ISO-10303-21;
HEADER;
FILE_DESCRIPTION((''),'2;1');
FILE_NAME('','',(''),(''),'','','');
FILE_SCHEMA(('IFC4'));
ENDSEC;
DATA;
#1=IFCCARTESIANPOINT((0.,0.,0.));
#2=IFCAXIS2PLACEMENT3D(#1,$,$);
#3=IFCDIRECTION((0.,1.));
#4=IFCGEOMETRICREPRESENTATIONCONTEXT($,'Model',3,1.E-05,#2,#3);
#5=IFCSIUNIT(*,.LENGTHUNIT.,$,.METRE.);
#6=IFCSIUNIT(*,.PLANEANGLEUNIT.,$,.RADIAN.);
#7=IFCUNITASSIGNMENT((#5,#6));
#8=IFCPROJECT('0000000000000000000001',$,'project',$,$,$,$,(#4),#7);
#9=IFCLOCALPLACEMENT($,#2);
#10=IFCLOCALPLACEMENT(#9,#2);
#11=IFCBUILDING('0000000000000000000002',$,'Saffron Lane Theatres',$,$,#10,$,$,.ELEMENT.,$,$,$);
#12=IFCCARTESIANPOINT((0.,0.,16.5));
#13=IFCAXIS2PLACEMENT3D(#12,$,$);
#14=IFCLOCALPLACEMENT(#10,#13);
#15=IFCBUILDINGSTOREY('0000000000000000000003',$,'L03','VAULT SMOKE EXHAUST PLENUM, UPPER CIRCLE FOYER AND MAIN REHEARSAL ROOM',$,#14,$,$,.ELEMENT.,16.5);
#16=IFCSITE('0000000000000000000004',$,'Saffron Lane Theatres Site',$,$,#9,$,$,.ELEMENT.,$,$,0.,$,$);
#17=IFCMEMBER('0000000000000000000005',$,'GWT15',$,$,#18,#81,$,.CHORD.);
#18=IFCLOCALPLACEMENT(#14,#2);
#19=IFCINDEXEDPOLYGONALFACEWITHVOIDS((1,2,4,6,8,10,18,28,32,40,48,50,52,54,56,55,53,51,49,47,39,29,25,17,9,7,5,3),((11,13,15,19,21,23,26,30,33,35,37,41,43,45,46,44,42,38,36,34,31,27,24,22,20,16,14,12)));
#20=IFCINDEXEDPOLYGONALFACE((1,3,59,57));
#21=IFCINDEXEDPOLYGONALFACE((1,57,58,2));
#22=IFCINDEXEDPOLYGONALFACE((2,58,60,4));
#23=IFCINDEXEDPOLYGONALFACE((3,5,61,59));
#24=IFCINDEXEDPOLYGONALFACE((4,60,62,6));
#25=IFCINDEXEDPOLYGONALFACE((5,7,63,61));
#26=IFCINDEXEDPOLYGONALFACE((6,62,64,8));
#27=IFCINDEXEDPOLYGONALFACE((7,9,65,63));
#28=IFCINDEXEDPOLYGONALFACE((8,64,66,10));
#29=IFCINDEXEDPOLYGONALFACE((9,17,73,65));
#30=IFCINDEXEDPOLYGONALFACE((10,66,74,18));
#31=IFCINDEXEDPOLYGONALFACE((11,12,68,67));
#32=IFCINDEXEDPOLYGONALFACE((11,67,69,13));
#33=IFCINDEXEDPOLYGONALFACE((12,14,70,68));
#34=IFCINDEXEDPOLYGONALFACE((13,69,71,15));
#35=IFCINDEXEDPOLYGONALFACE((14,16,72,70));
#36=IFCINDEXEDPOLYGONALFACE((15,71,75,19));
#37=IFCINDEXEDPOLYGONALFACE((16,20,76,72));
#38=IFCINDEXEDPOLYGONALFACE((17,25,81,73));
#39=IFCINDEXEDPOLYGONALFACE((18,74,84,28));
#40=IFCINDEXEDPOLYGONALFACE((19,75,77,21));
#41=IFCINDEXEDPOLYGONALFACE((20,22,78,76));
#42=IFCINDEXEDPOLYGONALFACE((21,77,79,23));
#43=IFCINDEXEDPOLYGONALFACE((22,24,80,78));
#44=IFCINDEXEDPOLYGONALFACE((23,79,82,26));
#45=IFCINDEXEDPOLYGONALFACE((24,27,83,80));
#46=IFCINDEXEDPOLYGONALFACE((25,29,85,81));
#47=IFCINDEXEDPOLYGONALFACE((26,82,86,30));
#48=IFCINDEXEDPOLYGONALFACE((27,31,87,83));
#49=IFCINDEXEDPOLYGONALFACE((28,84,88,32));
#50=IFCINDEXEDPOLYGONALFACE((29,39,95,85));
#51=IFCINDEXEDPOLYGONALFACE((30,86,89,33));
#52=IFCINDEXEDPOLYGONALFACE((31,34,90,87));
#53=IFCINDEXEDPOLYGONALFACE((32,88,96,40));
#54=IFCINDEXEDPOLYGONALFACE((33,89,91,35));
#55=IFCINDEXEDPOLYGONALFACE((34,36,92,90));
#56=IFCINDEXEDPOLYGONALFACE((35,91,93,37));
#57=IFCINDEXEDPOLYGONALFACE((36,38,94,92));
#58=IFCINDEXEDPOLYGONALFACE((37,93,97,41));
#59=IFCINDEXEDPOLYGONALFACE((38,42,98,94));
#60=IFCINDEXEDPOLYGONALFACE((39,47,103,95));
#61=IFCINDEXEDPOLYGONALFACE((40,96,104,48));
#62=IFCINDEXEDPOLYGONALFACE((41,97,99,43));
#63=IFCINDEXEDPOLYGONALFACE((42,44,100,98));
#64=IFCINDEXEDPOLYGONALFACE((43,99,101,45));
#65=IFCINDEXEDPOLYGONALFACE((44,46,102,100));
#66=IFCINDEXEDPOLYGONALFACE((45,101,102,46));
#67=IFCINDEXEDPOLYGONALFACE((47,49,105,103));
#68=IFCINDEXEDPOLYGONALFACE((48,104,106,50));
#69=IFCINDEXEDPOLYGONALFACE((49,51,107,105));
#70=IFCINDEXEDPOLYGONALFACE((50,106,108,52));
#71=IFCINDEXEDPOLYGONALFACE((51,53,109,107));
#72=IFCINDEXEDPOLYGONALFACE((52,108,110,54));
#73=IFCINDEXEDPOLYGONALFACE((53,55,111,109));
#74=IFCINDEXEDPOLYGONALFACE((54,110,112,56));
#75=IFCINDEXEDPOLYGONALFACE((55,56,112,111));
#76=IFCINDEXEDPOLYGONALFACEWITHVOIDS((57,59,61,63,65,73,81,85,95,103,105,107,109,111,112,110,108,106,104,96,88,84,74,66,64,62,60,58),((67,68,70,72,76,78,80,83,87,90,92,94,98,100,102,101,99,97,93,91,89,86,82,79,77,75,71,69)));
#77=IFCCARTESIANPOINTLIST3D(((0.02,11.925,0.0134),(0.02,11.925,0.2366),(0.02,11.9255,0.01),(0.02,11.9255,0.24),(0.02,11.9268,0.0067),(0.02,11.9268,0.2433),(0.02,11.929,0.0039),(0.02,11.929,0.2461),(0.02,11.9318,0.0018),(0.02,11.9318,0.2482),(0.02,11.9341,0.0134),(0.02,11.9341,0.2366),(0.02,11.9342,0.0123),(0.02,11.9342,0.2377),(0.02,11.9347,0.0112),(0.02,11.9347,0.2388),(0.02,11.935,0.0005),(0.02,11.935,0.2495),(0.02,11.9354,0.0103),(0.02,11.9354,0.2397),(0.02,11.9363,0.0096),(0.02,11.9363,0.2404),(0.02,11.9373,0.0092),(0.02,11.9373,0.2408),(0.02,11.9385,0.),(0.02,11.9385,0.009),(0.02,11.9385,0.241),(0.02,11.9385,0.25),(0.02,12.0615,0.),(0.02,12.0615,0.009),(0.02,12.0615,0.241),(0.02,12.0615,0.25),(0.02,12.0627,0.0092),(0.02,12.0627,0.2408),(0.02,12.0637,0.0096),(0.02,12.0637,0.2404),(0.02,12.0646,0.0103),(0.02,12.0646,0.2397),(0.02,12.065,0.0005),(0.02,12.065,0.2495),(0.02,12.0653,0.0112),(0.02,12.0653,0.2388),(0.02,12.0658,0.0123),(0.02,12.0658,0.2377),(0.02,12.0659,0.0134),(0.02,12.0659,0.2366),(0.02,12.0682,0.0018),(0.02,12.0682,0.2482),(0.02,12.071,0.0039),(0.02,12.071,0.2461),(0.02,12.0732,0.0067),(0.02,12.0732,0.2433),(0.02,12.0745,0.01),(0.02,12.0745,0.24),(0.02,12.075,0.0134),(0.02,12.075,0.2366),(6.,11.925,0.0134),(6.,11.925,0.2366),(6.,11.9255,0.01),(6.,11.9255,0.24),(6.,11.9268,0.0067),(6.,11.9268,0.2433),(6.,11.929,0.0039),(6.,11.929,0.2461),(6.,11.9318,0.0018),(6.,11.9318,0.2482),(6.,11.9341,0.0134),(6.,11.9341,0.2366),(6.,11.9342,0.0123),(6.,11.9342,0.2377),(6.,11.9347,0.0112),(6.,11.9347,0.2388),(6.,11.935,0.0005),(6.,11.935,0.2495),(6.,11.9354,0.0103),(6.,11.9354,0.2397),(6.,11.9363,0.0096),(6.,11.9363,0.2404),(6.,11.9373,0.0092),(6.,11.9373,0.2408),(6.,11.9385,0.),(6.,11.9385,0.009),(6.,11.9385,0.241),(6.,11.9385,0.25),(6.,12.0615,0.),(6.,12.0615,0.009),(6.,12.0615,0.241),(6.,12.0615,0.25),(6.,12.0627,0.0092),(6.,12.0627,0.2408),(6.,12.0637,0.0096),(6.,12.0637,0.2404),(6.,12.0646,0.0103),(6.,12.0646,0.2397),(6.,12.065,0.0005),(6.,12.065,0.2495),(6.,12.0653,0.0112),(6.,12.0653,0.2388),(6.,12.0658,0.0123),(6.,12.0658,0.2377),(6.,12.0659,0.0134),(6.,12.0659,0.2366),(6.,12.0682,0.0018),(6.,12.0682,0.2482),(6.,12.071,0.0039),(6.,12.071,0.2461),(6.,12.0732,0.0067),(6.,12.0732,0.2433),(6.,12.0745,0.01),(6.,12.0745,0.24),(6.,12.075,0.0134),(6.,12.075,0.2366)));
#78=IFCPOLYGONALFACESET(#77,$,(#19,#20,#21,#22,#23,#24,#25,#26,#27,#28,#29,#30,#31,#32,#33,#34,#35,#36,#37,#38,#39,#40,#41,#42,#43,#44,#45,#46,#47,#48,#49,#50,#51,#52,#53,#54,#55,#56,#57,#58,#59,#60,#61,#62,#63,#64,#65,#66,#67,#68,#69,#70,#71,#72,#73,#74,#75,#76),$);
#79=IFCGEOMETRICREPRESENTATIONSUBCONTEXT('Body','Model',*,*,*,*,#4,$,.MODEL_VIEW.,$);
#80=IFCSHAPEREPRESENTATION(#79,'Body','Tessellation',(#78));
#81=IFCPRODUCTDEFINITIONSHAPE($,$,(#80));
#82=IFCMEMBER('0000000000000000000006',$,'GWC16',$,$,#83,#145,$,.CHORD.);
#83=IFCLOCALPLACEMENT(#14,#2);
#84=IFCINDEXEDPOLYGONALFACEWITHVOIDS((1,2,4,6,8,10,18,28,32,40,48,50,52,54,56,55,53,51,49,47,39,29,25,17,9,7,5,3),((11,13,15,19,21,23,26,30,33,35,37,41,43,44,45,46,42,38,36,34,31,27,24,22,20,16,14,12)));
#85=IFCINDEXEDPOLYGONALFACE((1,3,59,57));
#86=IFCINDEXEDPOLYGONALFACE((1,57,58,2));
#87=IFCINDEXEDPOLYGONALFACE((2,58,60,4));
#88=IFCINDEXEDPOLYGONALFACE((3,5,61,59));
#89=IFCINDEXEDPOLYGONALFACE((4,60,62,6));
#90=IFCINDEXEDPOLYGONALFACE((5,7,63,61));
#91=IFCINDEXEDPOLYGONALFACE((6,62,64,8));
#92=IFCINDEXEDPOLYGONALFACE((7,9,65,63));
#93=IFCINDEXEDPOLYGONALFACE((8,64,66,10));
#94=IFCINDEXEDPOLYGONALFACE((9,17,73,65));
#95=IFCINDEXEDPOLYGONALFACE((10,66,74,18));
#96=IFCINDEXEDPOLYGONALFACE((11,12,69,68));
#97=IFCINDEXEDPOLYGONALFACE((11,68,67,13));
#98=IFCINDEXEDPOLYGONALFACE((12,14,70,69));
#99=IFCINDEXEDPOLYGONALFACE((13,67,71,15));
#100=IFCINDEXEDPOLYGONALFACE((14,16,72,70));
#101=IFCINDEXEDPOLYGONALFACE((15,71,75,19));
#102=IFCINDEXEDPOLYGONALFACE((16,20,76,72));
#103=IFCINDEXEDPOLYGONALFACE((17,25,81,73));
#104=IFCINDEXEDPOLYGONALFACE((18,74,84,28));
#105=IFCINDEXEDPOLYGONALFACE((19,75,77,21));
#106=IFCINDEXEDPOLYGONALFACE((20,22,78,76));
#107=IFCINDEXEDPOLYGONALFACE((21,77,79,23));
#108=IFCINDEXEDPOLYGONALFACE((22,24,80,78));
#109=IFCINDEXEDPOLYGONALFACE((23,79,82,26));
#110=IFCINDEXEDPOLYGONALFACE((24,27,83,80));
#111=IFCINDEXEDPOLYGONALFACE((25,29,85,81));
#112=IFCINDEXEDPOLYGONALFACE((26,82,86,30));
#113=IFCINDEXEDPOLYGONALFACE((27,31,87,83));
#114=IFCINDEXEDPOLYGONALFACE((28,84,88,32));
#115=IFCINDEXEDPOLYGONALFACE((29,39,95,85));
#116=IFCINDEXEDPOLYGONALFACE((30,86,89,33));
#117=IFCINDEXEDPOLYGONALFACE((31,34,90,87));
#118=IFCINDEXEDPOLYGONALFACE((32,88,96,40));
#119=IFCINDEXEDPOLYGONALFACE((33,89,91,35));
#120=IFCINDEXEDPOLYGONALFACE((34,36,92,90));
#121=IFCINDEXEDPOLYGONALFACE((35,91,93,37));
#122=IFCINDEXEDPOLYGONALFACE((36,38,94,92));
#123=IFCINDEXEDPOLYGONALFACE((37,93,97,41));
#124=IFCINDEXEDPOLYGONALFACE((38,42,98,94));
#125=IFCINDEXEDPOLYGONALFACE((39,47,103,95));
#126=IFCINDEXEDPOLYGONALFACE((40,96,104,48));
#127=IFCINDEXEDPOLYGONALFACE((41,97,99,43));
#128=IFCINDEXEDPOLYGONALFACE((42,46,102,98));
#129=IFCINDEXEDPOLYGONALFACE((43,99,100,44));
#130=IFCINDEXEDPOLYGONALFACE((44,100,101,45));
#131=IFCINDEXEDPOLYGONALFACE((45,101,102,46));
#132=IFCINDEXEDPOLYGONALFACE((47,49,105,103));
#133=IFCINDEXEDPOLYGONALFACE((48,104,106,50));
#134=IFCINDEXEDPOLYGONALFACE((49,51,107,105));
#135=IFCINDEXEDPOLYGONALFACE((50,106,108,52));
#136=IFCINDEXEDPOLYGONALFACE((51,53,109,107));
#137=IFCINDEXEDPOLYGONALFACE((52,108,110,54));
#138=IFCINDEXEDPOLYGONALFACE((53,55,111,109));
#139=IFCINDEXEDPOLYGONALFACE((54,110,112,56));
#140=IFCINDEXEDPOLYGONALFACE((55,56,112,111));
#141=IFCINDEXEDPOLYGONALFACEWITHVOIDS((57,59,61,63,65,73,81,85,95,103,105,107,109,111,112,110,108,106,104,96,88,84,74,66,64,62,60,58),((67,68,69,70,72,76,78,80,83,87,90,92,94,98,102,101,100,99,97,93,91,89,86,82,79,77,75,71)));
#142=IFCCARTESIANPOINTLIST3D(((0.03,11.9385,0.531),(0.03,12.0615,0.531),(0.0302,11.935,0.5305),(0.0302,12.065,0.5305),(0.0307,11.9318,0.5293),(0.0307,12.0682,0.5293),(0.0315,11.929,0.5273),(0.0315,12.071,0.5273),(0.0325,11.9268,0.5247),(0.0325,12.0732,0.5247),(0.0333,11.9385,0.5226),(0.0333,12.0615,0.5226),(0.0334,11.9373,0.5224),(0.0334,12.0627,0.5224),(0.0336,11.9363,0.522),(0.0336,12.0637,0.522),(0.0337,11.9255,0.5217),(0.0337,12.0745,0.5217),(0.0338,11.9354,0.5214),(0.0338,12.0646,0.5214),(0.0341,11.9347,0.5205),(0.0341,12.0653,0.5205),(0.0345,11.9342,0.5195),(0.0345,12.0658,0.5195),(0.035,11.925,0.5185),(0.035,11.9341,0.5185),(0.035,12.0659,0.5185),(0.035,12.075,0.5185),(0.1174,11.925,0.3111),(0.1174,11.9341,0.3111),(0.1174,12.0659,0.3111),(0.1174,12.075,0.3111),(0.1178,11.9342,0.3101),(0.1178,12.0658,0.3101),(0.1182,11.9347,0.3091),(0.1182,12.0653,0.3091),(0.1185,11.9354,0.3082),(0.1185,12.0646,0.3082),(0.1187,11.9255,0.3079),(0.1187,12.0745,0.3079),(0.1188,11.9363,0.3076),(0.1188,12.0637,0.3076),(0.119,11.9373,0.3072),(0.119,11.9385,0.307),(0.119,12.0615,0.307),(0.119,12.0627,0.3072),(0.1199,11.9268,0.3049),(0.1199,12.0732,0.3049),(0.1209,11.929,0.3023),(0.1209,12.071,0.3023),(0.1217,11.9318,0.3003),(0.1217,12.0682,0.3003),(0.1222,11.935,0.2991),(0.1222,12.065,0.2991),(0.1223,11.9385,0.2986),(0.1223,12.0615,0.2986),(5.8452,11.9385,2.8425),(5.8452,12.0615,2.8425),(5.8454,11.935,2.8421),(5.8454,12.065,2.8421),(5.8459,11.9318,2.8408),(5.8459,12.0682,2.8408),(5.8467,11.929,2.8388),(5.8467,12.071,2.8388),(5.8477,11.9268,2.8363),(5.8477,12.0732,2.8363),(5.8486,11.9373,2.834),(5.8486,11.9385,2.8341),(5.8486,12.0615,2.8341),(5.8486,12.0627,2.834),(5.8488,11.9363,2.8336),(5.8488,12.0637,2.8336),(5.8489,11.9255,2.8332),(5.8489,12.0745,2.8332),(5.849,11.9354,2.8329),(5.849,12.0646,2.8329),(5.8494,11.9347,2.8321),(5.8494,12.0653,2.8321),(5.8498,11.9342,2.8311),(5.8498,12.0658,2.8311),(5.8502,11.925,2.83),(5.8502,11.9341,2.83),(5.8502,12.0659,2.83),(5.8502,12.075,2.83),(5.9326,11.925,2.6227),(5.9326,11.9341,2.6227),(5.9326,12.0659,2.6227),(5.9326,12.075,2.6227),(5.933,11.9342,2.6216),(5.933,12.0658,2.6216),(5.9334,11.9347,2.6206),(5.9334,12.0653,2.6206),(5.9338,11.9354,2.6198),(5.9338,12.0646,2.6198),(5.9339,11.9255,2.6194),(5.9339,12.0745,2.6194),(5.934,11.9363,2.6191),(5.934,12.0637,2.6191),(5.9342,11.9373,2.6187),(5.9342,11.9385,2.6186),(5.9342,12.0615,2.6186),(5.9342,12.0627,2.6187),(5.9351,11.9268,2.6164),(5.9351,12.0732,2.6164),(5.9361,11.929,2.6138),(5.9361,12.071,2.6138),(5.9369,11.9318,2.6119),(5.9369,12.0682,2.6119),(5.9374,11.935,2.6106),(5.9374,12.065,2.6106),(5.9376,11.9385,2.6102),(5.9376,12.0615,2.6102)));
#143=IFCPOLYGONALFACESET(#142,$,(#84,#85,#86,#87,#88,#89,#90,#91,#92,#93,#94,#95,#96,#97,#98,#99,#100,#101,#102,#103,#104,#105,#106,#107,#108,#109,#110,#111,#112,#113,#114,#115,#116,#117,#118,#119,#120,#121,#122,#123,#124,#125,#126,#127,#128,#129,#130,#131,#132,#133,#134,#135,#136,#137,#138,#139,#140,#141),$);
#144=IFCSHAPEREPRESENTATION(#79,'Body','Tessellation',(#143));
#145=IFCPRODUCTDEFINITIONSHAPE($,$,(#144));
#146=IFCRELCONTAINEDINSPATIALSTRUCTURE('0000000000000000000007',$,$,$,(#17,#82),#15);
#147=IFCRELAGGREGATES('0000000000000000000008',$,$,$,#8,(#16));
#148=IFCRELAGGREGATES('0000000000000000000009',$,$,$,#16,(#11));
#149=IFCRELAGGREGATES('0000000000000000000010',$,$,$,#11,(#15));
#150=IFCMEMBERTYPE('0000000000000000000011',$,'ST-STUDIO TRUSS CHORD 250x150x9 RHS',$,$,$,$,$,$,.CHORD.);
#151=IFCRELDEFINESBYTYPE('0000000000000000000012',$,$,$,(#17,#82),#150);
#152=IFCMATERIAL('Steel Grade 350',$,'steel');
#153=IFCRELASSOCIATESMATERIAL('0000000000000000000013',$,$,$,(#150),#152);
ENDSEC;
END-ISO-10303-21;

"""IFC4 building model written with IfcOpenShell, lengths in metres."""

from ifc_helpers import new_model, si_unit, direction, frame, origin, origin_2d, place, context, subcontext, project, spatial, hollow_rectangle, extrude, material, material_profile, profile_set, type_object, element, save


model = new_model("IFC4")

# Units and contexts
model_context = context("Model", 3, precision=1e-05, world=origin(), true_north=direction((0.0, 1.0)))
body_context = subcontext(model_context, "Body", "Model", "MODEL_VIEW")
ifc_project = project(units=[si_unit("LENGTHUNIT", "METRE"), si_unit("PLANEANGLEUNIT", "RADIAN")], contexts=[model_context])

# Site, building, storey
site_placement = place(None, origin())
site = spatial("IfcSite", under=ifc_project, at=site_placement, Name="Saffron Lane Theatres Site", CompositionType="ELEMENT", RefElevation=0.0)
building_placement = place(site_placement, origin())
building = spatial("IfcBuilding", under=site, at=building_placement, Name="Saffron Lane Theatres", CompositionType="ELEMENT")
storey_placement = place(building_placement, frame((0.0, 0.0, 16.5)))
storey = spatial("IfcBuildingStorey", under=building, at=storey_placement, Name="L03", Description="VAULT SMOKE EXHAUST PLENUM, UPPER CIRCLE FOYER AND MAIN REHEARSAL ROOM", CompositionType="ELEMENT", Elevation=16.5)

# Members
ifc_material_1 = material(Name="Steel Grade 350", Category="steel")
ifc_material_profile_1 = material_profile(ifc_material_1, hollow_rectangle(XDim=0.1499, YDim=0.25, WallThickness=0.009, InnerFilletRadius=0.0044, OuterFilletRadius=0.0134, at=origin_2d()))
ifc_profile_set_1 = profile_set([ifc_material_profile_1], Name="Steel Grade 350")
member_type_1 = type_object("IfcMemberType", Name="ST-STUDIO TRUSS CHORD 250x150x9 RHS", PredefinedType="CHORD", material=ifc_profile_set_1)
member_1_placement = place(storey_placement, frame((0.02, 12.0, 0.125), z_axis=(1.0, 0.0, 0.0), x_axis=(0.0, 1.0, 0.0)))
element("IfcMember", 1, at=member_1_placement, inside=storey, type_object=member_type_1, Name="GWT15", PredefinedType="CHORD", context=body_context, shape_type="SweptSolid", body=[
    extrude(hollow_rectangle(XDim=0.1499, YDim=0.25, WallThickness=0.009, InnerFilletRadius=0.0044, OuterFilletRadius=0.0134, at=origin_2d()), origin(), (0.0, 0.0, 1.0), 5.98),
])
member_2_placement = place(storey_placement, frame((0.0762, 12.0, 0.4148), z_axis=(0.929276, 0.0, 0.369385), x_axis=(0.0, 1.0, 0.0)))
element("IfcMember", 2, at=member_2_placement, inside=storey, type_object=member_type_1, Name="GWC16", PredefinedType="CHORD", context=body_context, shape_type="SweptSolid", body=[
    extrude(hollow_rectangle(XDim=0.1499, YDim=0.25, WallThickness=0.009, InnerFilletRadius=0.0044, OuterFilletRadius=0.0134, at=origin_2d()), origin(), (0.0, 0.0, 1.0), 6.2578),
])

save(model, "model.ifc")
